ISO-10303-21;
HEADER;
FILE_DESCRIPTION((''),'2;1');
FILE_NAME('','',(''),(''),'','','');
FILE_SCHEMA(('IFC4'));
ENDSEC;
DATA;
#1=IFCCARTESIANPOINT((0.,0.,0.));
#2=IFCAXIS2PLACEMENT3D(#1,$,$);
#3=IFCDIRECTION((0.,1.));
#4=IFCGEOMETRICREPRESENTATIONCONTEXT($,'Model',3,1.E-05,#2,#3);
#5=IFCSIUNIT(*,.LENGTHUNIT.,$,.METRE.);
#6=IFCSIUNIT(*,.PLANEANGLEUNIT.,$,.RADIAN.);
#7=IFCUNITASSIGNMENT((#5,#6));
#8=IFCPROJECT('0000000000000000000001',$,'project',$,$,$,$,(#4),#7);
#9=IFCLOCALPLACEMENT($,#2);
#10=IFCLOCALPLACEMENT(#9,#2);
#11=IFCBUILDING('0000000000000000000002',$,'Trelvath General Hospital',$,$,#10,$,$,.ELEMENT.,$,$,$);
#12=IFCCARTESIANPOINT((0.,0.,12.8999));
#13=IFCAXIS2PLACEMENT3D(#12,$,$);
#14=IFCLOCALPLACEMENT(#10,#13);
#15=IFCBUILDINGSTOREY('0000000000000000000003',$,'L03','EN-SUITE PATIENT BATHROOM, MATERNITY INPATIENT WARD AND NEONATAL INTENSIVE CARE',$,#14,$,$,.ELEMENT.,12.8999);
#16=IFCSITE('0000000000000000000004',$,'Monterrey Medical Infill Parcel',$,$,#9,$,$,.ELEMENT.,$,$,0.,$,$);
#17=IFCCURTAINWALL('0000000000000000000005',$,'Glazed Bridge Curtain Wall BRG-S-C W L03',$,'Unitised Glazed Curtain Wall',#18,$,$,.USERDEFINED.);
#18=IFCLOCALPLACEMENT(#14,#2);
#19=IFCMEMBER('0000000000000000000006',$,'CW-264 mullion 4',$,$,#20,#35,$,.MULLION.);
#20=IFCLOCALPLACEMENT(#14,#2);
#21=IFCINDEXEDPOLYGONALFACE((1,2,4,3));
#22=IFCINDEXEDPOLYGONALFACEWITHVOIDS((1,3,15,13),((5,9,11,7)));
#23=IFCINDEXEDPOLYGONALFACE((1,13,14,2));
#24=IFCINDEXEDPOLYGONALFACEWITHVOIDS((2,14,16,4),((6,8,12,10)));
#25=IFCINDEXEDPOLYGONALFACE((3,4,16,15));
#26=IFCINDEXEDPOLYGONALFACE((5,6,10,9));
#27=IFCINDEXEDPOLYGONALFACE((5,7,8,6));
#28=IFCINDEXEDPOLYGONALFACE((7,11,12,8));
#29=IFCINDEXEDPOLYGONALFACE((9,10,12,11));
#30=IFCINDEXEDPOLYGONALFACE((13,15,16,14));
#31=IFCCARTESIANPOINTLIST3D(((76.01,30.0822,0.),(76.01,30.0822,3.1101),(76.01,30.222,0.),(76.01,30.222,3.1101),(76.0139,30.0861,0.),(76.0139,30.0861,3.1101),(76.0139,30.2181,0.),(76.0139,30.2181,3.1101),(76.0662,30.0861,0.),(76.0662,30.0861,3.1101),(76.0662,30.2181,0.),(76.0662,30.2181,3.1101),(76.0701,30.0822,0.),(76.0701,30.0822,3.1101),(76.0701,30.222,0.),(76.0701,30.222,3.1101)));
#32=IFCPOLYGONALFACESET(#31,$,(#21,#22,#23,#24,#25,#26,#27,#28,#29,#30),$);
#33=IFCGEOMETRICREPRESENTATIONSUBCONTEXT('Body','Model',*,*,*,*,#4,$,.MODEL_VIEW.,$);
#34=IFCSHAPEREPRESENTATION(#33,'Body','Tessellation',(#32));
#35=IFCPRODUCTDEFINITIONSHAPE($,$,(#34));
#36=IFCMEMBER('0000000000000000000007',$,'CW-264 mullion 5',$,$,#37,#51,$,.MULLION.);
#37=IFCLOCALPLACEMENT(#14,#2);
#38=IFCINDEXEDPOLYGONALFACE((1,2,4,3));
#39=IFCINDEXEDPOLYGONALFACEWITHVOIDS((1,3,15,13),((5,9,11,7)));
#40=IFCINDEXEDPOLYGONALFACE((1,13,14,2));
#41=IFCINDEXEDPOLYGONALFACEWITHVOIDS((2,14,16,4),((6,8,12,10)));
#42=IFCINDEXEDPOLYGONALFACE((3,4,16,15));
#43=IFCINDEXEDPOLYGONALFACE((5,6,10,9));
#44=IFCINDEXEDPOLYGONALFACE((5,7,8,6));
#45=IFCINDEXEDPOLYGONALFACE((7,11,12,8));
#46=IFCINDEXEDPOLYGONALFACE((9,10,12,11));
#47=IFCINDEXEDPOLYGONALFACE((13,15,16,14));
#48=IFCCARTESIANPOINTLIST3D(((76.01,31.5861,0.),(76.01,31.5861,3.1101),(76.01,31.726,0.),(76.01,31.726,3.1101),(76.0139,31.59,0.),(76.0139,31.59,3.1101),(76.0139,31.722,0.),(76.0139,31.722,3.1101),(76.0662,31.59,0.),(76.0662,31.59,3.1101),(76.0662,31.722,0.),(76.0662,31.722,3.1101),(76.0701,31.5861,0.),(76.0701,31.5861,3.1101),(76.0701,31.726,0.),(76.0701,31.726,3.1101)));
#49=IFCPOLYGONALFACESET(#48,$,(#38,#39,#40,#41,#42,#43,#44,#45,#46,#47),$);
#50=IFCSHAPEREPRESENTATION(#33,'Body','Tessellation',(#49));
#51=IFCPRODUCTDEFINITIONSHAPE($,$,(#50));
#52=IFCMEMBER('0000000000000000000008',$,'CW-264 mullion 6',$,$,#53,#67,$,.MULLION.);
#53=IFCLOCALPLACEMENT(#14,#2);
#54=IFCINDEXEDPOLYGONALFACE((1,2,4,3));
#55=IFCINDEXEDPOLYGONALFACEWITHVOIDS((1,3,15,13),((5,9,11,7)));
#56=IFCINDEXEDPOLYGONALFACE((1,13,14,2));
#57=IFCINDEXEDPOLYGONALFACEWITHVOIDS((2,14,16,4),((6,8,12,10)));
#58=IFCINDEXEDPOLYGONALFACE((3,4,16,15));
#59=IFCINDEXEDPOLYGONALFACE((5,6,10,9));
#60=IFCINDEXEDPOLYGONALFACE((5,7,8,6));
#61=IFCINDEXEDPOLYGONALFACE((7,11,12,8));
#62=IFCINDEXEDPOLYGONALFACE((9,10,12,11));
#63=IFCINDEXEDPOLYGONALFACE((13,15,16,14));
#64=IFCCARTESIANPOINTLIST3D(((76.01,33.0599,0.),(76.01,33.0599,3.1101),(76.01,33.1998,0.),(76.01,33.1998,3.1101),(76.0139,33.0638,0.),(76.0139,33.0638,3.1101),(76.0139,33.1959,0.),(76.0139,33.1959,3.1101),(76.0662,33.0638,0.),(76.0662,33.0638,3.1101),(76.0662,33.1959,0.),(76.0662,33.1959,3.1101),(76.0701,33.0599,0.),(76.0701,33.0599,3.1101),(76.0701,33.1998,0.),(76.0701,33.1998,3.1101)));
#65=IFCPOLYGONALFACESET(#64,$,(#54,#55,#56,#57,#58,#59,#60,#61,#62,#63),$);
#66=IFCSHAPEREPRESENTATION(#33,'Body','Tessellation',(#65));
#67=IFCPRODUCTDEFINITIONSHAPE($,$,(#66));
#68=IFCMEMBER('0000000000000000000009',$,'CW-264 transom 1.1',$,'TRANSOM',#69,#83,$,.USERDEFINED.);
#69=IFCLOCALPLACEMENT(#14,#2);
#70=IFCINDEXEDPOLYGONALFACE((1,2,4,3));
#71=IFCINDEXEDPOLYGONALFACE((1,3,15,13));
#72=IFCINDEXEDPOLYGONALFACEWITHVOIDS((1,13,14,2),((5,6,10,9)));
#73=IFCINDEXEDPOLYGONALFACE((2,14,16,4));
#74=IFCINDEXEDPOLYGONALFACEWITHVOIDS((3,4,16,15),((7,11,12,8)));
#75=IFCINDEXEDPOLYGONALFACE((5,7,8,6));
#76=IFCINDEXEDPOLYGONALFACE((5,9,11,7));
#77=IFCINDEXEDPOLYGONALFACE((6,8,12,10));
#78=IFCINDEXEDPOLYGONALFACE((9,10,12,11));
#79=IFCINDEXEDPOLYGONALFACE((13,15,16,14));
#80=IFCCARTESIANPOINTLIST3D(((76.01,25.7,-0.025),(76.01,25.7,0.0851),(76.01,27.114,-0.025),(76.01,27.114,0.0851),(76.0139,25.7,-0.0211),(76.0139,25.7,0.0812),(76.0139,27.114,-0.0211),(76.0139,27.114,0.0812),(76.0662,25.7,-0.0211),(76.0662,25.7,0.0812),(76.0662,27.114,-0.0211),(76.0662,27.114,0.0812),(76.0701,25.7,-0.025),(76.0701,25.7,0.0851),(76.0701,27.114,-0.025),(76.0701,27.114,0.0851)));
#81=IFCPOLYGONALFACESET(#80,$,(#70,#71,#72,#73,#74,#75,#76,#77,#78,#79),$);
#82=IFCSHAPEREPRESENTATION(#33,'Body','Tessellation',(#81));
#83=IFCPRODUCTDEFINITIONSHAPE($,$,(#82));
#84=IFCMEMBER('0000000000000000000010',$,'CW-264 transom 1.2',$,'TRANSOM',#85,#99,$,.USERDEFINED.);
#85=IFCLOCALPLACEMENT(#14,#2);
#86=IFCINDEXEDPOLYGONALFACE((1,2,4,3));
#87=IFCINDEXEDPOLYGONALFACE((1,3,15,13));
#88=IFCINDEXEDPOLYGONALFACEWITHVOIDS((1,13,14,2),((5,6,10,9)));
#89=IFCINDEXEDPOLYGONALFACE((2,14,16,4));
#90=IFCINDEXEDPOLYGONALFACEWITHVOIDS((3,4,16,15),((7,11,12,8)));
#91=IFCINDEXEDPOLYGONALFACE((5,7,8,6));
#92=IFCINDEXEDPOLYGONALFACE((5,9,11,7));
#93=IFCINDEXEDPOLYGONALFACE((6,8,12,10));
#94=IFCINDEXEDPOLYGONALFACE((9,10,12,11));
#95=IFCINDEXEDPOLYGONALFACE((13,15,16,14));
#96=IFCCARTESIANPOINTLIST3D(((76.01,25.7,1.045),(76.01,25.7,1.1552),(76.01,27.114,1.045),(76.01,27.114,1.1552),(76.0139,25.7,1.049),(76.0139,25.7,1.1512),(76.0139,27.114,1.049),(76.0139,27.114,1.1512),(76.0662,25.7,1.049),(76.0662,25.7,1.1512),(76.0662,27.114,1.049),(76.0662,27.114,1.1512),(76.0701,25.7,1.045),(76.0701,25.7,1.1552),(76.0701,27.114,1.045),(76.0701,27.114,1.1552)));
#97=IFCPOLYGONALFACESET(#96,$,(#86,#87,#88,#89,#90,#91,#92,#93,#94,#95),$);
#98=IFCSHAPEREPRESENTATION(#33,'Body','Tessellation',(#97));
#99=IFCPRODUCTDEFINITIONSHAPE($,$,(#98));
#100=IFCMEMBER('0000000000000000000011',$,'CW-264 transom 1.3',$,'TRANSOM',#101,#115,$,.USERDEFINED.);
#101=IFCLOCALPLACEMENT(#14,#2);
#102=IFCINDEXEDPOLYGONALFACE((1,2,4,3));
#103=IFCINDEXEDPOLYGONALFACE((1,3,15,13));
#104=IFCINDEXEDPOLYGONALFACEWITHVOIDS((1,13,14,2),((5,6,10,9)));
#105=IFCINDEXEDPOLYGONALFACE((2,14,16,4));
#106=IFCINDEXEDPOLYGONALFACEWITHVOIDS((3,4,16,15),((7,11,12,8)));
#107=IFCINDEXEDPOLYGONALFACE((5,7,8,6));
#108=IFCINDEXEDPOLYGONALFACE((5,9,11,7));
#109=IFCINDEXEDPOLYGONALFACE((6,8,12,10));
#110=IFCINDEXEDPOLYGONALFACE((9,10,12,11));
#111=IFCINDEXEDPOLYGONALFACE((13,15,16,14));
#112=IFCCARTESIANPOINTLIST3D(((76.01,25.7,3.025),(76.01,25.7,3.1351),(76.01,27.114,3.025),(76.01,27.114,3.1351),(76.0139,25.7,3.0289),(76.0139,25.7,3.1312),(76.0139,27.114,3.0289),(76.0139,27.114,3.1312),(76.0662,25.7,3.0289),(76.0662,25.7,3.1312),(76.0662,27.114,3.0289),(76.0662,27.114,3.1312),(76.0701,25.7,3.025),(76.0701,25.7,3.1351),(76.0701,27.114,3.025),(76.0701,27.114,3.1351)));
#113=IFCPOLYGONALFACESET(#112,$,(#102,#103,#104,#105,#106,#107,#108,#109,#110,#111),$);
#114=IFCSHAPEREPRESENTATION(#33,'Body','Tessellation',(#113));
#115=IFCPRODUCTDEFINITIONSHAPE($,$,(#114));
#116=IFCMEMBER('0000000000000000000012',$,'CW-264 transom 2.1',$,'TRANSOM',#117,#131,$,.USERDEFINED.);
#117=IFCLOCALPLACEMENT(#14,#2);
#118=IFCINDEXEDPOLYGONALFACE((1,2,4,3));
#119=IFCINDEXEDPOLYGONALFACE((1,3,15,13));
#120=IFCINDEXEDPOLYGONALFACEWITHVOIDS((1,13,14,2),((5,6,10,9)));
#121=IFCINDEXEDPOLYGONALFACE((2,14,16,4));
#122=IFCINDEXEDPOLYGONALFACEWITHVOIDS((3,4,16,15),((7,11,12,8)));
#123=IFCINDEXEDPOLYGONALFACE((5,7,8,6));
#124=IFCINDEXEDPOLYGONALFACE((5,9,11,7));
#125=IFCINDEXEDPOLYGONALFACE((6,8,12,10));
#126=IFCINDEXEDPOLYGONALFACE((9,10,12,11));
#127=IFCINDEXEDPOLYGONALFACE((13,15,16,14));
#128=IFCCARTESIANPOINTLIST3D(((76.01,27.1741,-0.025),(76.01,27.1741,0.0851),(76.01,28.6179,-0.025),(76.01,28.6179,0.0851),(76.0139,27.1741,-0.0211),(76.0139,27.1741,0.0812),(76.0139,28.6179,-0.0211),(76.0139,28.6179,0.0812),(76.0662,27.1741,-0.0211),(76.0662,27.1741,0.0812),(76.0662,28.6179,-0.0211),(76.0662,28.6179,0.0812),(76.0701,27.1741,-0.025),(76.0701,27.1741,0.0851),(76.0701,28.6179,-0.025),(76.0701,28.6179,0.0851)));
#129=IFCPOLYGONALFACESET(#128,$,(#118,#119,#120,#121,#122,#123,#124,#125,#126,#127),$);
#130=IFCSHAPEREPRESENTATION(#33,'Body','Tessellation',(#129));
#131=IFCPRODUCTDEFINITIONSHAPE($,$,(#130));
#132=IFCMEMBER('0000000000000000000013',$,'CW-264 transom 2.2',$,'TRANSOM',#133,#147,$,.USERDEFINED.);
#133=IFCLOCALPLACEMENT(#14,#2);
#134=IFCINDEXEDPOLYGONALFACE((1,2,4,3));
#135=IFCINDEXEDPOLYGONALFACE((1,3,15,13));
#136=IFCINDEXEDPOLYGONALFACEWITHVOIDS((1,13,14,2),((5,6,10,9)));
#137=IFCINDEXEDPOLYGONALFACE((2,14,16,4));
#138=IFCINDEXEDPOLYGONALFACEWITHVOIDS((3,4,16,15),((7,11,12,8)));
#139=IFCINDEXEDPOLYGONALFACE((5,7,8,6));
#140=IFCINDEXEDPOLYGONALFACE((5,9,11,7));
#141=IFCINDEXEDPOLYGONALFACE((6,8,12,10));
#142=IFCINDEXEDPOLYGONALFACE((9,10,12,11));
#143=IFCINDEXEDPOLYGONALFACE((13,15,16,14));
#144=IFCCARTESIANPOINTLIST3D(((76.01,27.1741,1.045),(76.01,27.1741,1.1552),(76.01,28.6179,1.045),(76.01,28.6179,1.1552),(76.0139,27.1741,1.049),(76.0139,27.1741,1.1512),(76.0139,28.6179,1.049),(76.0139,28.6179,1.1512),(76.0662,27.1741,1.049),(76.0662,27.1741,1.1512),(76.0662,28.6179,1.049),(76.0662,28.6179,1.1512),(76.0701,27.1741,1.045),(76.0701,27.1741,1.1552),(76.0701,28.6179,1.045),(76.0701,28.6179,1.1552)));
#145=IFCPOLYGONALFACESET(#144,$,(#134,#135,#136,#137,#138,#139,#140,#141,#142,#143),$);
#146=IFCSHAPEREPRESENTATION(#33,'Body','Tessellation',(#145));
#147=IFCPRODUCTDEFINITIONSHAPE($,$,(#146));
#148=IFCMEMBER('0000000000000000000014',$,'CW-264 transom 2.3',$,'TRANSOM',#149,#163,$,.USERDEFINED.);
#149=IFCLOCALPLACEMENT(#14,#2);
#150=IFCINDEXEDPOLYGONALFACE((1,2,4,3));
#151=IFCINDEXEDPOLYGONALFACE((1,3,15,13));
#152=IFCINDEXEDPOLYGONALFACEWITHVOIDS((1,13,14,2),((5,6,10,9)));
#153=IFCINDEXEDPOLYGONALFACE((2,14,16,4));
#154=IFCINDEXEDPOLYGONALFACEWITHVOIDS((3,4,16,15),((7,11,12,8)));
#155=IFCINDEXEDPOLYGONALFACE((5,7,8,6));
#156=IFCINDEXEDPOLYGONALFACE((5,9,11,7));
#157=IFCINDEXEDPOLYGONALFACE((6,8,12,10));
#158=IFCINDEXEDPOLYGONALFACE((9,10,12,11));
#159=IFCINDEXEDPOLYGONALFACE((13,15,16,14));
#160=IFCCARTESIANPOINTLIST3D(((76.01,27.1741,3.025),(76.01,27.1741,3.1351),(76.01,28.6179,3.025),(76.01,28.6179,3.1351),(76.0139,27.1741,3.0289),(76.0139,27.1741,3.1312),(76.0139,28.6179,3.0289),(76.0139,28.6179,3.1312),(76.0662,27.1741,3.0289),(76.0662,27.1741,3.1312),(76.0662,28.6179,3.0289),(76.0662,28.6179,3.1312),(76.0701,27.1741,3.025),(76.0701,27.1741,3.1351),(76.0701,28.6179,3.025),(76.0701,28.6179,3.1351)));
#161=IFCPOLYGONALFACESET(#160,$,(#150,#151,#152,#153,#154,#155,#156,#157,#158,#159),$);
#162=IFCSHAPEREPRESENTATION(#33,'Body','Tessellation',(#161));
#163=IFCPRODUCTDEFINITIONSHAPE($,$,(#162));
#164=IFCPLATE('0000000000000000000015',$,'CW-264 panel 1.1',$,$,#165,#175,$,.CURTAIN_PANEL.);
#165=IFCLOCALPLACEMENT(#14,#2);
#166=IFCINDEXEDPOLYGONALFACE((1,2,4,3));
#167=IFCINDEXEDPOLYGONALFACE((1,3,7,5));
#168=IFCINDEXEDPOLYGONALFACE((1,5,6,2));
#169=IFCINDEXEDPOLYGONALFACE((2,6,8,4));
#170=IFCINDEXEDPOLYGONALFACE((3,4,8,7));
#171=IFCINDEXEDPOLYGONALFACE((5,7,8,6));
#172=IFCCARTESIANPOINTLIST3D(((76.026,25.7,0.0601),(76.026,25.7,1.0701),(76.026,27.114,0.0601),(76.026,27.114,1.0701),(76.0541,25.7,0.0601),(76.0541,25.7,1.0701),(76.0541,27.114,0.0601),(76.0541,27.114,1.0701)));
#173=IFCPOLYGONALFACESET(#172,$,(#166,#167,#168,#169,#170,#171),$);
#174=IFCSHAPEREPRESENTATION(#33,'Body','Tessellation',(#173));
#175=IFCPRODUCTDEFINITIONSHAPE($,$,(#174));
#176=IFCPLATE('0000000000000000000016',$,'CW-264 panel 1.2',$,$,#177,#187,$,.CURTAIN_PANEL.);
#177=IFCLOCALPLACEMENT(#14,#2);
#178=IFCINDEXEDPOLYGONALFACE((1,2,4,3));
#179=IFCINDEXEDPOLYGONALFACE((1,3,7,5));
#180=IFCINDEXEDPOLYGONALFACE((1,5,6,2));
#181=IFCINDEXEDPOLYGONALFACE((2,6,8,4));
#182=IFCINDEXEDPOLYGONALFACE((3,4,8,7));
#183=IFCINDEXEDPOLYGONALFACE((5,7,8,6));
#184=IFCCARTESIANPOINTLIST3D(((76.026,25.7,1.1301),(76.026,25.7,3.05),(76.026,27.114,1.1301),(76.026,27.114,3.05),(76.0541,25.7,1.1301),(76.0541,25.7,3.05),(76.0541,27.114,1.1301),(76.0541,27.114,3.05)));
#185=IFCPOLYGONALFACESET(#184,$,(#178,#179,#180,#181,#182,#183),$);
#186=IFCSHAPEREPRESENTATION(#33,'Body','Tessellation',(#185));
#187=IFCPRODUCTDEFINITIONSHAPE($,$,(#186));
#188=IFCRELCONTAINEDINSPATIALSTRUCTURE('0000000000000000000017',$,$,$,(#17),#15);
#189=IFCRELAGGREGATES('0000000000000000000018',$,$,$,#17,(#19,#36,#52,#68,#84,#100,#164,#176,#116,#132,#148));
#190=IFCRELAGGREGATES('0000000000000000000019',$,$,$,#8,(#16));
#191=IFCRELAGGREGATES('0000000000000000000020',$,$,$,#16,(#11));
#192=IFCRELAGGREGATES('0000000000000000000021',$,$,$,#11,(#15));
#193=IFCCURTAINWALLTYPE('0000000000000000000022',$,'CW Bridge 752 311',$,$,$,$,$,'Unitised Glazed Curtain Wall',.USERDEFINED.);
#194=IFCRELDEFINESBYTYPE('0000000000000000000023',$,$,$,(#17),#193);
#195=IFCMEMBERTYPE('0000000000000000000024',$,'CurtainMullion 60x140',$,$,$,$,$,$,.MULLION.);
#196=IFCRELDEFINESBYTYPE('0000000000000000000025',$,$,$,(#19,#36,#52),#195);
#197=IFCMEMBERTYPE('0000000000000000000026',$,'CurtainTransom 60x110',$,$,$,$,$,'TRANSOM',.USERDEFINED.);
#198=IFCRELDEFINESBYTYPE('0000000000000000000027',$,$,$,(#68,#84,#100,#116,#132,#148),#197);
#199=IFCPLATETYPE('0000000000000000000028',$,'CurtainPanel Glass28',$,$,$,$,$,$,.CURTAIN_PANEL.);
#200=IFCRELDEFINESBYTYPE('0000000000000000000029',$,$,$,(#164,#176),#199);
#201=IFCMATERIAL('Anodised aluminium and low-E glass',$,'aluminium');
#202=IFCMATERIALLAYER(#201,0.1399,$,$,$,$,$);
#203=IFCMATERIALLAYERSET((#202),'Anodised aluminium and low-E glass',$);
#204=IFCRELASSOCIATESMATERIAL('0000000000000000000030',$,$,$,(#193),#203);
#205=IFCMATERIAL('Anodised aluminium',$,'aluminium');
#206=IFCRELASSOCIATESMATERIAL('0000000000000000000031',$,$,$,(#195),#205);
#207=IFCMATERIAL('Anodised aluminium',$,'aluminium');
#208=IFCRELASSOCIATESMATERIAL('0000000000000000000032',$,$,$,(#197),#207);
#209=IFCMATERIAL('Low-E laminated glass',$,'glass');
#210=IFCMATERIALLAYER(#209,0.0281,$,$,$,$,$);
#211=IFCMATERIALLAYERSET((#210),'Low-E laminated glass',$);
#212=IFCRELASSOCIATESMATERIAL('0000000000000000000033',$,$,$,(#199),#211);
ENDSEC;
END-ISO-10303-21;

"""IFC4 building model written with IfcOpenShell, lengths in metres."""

from ifc_helpers import new_model, si_unit, direction, frame, origin, origin_2d, place, context, subcontext, project, spatial, rectangle, hollow_rectangle, extrude, material, layer, layer_set, material_profile, profile_set, type_object, element, aggregate, save


model = new_model("IFC4")

# Units and contexts
model_context = context("Model", 3, precision=1e-05, world=origin(), true_north=direction((0.0, 1.0)))
body_context = subcontext(model_context, "Body", "Model", "MODEL_VIEW")
ifc_project = project(units=[si_unit("LENGTHUNIT", "METRE"), si_unit("PLANEANGLEUNIT", "RADIAN")], contexts=[model_context])

# Site, building, storey
site_placement = place(None, origin())
site = spatial("IfcSite", under=ifc_project, at=site_placement, Name="Monterrey Medical Infill Parcel", CompositionType="ELEMENT", RefElevation=0.0)
building_placement = place(site_placement, origin())
building = spatial("IfcBuilding", under=site, at=building_placement, Name="Trelvath General Hospital", CompositionType="ELEMENT")
storey_placement = place(building_placement, frame((0.0, 0.0, 12.8999)))
storey = spatial("IfcBuildingStorey", under=building, at=storey_placement, Name="L03", Description="EN-SUITE PATIENT BATHROOM, MATERNITY INPATIENT WARD AND NEONATAL INTENSIVE CARE", CompositionType="ELEMENT", Elevation=12.8999)

# Curtain wall, members, plates
ifc_material_1 = material(Name="Anodised aluminium and low-E glass", Category="aluminium")
ifc_layer_1 = layer(ifc_material_1, 0.1399)
ifc_layer_set_1 = layer_set([ifc_layer_1], Name="Anodised aluminium and low-E glass")
curtain_wall_type = type_object("IfcCurtainWallType", Name="CW Bridge 752 311", ElementType="Unitised Glazed Curtain Wall", PredefinedType="USERDEFINED", material=ifc_layer_set_1)
curtain_wall_placement = place(storey_placement, origin())
curtain_wall = element("IfcCurtainWall", 1, at=curtain_wall_placement, inside=storey, type_object=curtain_wall_type, Name="Glazed Bridge Curtain Wall BRG-S-C W L03", ObjectType="Unitised Glazed Curtain Wall", PredefinedType="USERDEFINED")
ifc_material_2 = material(Name="Anodised aluminium", Category="aluminium")
ifc_material_profile_1 = material_profile(ifc_material_2, hollow_rectangle(XDim=0.0601, YDim=0.1399, WallThickness=0.0039, at=origin_2d()), Name="RHS60x140x4")
ifc_profile_set_1 = profile_set([ifc_material_profile_1], Name="Anodised aluminium")
member_type_1 = type_object("IfcMemberType", Name="CurtainMullion 60x140", PredefinedType="MULLION", material=ifc_profile_set_1)
member_1_placement = place(storey_placement, frame((76.04, 30.1521, 0.0), z_axis=(0.0, 0.0, 1.0), x_axis=(-1.0, 0.0, 0.0)))
member_1 = element("IfcMember", 2, at=member_1_placement, type_object=member_type_1, Name="CW-264 mullion 4", PredefinedType="MULLION", context=body_context, shape_type="SweptSolid", body=[
    extrude(hollow_rectangle(XDim=0.0601, YDim=0.1399, WallThickness=0.0039, at=origin_2d()), origin(), (0.0, 0.0, 1.0), 3.1101),
])
member_2_placement = place(storey_placement, frame((76.04, 31.656, 0.0), z_axis=(0.0, 0.0, 1.0), x_axis=(-1.0, 0.0, 0.0)))
member_2 = element("IfcMember", 3, at=member_2_placement, type_object=member_type_1, Name="CW-264 mullion 5", PredefinedType="MULLION", context=body_context, shape_type="SweptSolid", body=[
    extrude(hollow_rectangle(XDim=0.0601, YDim=0.1399, WallThickness=0.0039, at=origin_2d()), origin(), (0.0, 0.0, 1.0), 3.1101),
])
member_3_placement = place(storey_placement, frame((76.04, 33.1299, 0.0), z_axis=(0.0, 0.0, 1.0), x_axis=(-1.0, 0.0, 0.0)))
member_3 = element("IfcMember", 4, at=member_3_placement, type_object=member_type_1, Name="CW-264 mullion 6", PredefinedType="MULLION", context=body_context, shape_type="SweptSolid", body=[
    extrude(hollow_rectangle(XDim=0.0601, YDim=0.1399, WallThickness=0.0039, at=origin_2d()), origin(), (0.0, 0.0, 1.0), 3.1101),
])
ifc_material_3 = material(Name="Anodised aluminium", Category="aluminium")
ifc_material_profile_2 = material_profile(ifc_material_3, hollow_rectangle(XDim=0.0601, YDim=0.1101, WallThickness=0.0039, at=origin_2d()), Name="RHS60x110x4")
ifc_profile_set_2 = profile_set([ifc_material_profile_2], Name="Anodised aluminium")
member_type_2 = type_object("IfcMemberType", Name="CurtainTransom 60x110", ElementType="TRANSOM", PredefinedType="USERDEFINED", material=ifc_profile_set_2)
member_4_placement = place(storey_placement, frame((76.04, 25.7, 0.03), z_axis=(0.0, 1.0, 0.0), x_axis=(-1.0, 0.0, 0.0)))
member_4 = element("IfcMember", 5, at=member_4_placement, type_object=member_type_2, Name="CW-264 transom 1.1", ObjectType="TRANSOM", PredefinedType="USERDEFINED", context=body_context, shape_type="SweptSolid", body=[
    extrude(hollow_rectangle(XDim=0.0601, YDim=0.1101, WallThickness=0.0039, at=origin_2d()), origin(), (0.0, 0.0, 1.0), 1.4141),
])
member_5_placement = place(storey_placement, frame((76.04, 25.7, 1.1001), z_axis=(0.0, 1.0, 0.0), x_axis=(-1.0, 0.0, 0.0)))
member_5 = element("IfcMember", 6, at=member_5_placement, type_object=member_type_2, Name="CW-264 transom 1.2", ObjectType="TRANSOM", PredefinedType="USERDEFINED", context=body_context, shape_type="SweptSolid", body=[
    extrude(hollow_rectangle(XDim=0.0601, YDim=0.1101, WallThickness=0.0039, at=origin_2d()), origin(), (0.0, 0.0, 1.0), 1.4141),
])
member_6_placement = place(storey_placement, frame((76.04, 25.7, 3.0801), z_axis=(0.0, 1.0, 0.0), x_axis=(-1.0, 0.0, 0.0)))
member_6 = element("IfcMember", 7, at=member_6_placement, type_object=member_type_2, Name="CW-264 transom 1.3", ObjectType="TRANSOM", PredefinedType="USERDEFINED", context=body_context, shape_type="SweptSolid", body=[
    extrude(hollow_rectangle(XDim=0.0601, YDim=0.1101, WallThickness=0.0039, at=origin_2d()), origin(), (0.0, 0.0, 1.0), 1.4141),
])
member_7_placement = place(storey_placement, frame((76.04, 27.1741, 0.03), z_axis=(0.0, 1.0, 0.0), x_axis=(-1.0, 0.0, 0.0)))
member_7 = element("IfcMember", 8, at=member_7_placement, type_object=member_type_2, Name="CW-264 transom 2.1", ObjectType="TRANSOM", PredefinedType="USERDEFINED", context=body_context, shape_type="SweptSolid", body=[
    extrude(hollow_rectangle(XDim=0.0601, YDim=0.1101, WallThickness=0.0039, at=origin_2d()), origin(), (0.0, 0.0, 1.0), 1.4438),
])
member_8_placement = place(storey_placement, frame((76.04, 27.1741, 1.1001), z_axis=(0.0, 1.0, 0.0), x_axis=(-1.0, 0.0, 0.0)))
member_8 = element("IfcMember", 9, at=member_8_placement, type_object=member_type_2, Name="CW-264 transom 2.2", ObjectType="TRANSOM", PredefinedType="USERDEFINED", context=body_context, shape_type="SweptSolid", body=[
    extrude(hollow_rectangle(XDim=0.0601, YDim=0.1101, WallThickness=0.0039, at=origin_2d()), origin(), (0.0, 0.0, 1.0), 1.4438),
])
member_9_placement = place(storey_placement, frame((76.04, 27.1741, 3.0801), z_axis=(0.0, 1.0, 0.0), x_axis=(-1.0, 0.0, 0.0)))
member_9 = element("IfcMember", 10, at=member_9_placement, type_object=member_type_2, Name="CW-264 transom 2.3", ObjectType="TRANSOM", PredefinedType="USERDEFINED", context=body_context, shape_type="SweptSolid", body=[
    extrude(hollow_rectangle(XDim=0.0601, YDim=0.1101, WallThickness=0.0039, at=origin_2d()), origin(), (0.0, 0.0, 1.0), 1.4438),
])
ifc_material_4 = material(Name="Low-E laminated glass", Category="glass")
ifc_layer_2 = layer(ifc_material_4, 0.0281)
ifc_layer_set_2 = layer_set([ifc_layer_2], Name="Low-E laminated glass")
plate_type = type_object("IfcPlateType", Name="CurtainPanel Glass28", PredefinedType="CURTAIN_PANEL", material=ifc_layer_set_2)
plate_1_placement = place(storey_placement, frame((76.04, 26.407, 0.0601), z_axis=(0.0, 0.0, 1.0), x_axis=(0.0, 1.0, 0.0)))
plate_1 = element("IfcPlate", 11, at=plate_1_placement, type_object=plate_type, Name="CW-264 panel 1.1", PredefinedType="CURTAIN_PANEL", context=body_context, shape_type="SweptSolid", body=[
    extrude(rectangle(XDim=1.4141, YDim=0.0281, at=origin_2d()), origin(), (0.0, 0.0, 1.0), 1.01),
])
plate_2_placement = place(storey_placement, frame((76.04, 26.407, 1.1301), z_axis=(0.0, 0.0, 1.0), x_axis=(0.0, 1.0, 0.0)))
plate_2 = element("IfcPlate", 12, at=plate_2_placement, type_object=plate_type, Name="CW-264 panel 1.2", PredefinedType="CURTAIN_PANEL", context=body_context, shape_type="SweptSolid", body=[
    extrude(rectangle(XDim=1.4141, YDim=0.0281, at=origin_2d()), origin(), (0.0, 0.0, 1.0), 1.9199),
])
aggregate(curtain_wall, [member_1, member_2, member_3, member_4, member_5, member_6, plate_1, plate_2, member_7, member_8, member_9])

save(model, "model.ifc")
